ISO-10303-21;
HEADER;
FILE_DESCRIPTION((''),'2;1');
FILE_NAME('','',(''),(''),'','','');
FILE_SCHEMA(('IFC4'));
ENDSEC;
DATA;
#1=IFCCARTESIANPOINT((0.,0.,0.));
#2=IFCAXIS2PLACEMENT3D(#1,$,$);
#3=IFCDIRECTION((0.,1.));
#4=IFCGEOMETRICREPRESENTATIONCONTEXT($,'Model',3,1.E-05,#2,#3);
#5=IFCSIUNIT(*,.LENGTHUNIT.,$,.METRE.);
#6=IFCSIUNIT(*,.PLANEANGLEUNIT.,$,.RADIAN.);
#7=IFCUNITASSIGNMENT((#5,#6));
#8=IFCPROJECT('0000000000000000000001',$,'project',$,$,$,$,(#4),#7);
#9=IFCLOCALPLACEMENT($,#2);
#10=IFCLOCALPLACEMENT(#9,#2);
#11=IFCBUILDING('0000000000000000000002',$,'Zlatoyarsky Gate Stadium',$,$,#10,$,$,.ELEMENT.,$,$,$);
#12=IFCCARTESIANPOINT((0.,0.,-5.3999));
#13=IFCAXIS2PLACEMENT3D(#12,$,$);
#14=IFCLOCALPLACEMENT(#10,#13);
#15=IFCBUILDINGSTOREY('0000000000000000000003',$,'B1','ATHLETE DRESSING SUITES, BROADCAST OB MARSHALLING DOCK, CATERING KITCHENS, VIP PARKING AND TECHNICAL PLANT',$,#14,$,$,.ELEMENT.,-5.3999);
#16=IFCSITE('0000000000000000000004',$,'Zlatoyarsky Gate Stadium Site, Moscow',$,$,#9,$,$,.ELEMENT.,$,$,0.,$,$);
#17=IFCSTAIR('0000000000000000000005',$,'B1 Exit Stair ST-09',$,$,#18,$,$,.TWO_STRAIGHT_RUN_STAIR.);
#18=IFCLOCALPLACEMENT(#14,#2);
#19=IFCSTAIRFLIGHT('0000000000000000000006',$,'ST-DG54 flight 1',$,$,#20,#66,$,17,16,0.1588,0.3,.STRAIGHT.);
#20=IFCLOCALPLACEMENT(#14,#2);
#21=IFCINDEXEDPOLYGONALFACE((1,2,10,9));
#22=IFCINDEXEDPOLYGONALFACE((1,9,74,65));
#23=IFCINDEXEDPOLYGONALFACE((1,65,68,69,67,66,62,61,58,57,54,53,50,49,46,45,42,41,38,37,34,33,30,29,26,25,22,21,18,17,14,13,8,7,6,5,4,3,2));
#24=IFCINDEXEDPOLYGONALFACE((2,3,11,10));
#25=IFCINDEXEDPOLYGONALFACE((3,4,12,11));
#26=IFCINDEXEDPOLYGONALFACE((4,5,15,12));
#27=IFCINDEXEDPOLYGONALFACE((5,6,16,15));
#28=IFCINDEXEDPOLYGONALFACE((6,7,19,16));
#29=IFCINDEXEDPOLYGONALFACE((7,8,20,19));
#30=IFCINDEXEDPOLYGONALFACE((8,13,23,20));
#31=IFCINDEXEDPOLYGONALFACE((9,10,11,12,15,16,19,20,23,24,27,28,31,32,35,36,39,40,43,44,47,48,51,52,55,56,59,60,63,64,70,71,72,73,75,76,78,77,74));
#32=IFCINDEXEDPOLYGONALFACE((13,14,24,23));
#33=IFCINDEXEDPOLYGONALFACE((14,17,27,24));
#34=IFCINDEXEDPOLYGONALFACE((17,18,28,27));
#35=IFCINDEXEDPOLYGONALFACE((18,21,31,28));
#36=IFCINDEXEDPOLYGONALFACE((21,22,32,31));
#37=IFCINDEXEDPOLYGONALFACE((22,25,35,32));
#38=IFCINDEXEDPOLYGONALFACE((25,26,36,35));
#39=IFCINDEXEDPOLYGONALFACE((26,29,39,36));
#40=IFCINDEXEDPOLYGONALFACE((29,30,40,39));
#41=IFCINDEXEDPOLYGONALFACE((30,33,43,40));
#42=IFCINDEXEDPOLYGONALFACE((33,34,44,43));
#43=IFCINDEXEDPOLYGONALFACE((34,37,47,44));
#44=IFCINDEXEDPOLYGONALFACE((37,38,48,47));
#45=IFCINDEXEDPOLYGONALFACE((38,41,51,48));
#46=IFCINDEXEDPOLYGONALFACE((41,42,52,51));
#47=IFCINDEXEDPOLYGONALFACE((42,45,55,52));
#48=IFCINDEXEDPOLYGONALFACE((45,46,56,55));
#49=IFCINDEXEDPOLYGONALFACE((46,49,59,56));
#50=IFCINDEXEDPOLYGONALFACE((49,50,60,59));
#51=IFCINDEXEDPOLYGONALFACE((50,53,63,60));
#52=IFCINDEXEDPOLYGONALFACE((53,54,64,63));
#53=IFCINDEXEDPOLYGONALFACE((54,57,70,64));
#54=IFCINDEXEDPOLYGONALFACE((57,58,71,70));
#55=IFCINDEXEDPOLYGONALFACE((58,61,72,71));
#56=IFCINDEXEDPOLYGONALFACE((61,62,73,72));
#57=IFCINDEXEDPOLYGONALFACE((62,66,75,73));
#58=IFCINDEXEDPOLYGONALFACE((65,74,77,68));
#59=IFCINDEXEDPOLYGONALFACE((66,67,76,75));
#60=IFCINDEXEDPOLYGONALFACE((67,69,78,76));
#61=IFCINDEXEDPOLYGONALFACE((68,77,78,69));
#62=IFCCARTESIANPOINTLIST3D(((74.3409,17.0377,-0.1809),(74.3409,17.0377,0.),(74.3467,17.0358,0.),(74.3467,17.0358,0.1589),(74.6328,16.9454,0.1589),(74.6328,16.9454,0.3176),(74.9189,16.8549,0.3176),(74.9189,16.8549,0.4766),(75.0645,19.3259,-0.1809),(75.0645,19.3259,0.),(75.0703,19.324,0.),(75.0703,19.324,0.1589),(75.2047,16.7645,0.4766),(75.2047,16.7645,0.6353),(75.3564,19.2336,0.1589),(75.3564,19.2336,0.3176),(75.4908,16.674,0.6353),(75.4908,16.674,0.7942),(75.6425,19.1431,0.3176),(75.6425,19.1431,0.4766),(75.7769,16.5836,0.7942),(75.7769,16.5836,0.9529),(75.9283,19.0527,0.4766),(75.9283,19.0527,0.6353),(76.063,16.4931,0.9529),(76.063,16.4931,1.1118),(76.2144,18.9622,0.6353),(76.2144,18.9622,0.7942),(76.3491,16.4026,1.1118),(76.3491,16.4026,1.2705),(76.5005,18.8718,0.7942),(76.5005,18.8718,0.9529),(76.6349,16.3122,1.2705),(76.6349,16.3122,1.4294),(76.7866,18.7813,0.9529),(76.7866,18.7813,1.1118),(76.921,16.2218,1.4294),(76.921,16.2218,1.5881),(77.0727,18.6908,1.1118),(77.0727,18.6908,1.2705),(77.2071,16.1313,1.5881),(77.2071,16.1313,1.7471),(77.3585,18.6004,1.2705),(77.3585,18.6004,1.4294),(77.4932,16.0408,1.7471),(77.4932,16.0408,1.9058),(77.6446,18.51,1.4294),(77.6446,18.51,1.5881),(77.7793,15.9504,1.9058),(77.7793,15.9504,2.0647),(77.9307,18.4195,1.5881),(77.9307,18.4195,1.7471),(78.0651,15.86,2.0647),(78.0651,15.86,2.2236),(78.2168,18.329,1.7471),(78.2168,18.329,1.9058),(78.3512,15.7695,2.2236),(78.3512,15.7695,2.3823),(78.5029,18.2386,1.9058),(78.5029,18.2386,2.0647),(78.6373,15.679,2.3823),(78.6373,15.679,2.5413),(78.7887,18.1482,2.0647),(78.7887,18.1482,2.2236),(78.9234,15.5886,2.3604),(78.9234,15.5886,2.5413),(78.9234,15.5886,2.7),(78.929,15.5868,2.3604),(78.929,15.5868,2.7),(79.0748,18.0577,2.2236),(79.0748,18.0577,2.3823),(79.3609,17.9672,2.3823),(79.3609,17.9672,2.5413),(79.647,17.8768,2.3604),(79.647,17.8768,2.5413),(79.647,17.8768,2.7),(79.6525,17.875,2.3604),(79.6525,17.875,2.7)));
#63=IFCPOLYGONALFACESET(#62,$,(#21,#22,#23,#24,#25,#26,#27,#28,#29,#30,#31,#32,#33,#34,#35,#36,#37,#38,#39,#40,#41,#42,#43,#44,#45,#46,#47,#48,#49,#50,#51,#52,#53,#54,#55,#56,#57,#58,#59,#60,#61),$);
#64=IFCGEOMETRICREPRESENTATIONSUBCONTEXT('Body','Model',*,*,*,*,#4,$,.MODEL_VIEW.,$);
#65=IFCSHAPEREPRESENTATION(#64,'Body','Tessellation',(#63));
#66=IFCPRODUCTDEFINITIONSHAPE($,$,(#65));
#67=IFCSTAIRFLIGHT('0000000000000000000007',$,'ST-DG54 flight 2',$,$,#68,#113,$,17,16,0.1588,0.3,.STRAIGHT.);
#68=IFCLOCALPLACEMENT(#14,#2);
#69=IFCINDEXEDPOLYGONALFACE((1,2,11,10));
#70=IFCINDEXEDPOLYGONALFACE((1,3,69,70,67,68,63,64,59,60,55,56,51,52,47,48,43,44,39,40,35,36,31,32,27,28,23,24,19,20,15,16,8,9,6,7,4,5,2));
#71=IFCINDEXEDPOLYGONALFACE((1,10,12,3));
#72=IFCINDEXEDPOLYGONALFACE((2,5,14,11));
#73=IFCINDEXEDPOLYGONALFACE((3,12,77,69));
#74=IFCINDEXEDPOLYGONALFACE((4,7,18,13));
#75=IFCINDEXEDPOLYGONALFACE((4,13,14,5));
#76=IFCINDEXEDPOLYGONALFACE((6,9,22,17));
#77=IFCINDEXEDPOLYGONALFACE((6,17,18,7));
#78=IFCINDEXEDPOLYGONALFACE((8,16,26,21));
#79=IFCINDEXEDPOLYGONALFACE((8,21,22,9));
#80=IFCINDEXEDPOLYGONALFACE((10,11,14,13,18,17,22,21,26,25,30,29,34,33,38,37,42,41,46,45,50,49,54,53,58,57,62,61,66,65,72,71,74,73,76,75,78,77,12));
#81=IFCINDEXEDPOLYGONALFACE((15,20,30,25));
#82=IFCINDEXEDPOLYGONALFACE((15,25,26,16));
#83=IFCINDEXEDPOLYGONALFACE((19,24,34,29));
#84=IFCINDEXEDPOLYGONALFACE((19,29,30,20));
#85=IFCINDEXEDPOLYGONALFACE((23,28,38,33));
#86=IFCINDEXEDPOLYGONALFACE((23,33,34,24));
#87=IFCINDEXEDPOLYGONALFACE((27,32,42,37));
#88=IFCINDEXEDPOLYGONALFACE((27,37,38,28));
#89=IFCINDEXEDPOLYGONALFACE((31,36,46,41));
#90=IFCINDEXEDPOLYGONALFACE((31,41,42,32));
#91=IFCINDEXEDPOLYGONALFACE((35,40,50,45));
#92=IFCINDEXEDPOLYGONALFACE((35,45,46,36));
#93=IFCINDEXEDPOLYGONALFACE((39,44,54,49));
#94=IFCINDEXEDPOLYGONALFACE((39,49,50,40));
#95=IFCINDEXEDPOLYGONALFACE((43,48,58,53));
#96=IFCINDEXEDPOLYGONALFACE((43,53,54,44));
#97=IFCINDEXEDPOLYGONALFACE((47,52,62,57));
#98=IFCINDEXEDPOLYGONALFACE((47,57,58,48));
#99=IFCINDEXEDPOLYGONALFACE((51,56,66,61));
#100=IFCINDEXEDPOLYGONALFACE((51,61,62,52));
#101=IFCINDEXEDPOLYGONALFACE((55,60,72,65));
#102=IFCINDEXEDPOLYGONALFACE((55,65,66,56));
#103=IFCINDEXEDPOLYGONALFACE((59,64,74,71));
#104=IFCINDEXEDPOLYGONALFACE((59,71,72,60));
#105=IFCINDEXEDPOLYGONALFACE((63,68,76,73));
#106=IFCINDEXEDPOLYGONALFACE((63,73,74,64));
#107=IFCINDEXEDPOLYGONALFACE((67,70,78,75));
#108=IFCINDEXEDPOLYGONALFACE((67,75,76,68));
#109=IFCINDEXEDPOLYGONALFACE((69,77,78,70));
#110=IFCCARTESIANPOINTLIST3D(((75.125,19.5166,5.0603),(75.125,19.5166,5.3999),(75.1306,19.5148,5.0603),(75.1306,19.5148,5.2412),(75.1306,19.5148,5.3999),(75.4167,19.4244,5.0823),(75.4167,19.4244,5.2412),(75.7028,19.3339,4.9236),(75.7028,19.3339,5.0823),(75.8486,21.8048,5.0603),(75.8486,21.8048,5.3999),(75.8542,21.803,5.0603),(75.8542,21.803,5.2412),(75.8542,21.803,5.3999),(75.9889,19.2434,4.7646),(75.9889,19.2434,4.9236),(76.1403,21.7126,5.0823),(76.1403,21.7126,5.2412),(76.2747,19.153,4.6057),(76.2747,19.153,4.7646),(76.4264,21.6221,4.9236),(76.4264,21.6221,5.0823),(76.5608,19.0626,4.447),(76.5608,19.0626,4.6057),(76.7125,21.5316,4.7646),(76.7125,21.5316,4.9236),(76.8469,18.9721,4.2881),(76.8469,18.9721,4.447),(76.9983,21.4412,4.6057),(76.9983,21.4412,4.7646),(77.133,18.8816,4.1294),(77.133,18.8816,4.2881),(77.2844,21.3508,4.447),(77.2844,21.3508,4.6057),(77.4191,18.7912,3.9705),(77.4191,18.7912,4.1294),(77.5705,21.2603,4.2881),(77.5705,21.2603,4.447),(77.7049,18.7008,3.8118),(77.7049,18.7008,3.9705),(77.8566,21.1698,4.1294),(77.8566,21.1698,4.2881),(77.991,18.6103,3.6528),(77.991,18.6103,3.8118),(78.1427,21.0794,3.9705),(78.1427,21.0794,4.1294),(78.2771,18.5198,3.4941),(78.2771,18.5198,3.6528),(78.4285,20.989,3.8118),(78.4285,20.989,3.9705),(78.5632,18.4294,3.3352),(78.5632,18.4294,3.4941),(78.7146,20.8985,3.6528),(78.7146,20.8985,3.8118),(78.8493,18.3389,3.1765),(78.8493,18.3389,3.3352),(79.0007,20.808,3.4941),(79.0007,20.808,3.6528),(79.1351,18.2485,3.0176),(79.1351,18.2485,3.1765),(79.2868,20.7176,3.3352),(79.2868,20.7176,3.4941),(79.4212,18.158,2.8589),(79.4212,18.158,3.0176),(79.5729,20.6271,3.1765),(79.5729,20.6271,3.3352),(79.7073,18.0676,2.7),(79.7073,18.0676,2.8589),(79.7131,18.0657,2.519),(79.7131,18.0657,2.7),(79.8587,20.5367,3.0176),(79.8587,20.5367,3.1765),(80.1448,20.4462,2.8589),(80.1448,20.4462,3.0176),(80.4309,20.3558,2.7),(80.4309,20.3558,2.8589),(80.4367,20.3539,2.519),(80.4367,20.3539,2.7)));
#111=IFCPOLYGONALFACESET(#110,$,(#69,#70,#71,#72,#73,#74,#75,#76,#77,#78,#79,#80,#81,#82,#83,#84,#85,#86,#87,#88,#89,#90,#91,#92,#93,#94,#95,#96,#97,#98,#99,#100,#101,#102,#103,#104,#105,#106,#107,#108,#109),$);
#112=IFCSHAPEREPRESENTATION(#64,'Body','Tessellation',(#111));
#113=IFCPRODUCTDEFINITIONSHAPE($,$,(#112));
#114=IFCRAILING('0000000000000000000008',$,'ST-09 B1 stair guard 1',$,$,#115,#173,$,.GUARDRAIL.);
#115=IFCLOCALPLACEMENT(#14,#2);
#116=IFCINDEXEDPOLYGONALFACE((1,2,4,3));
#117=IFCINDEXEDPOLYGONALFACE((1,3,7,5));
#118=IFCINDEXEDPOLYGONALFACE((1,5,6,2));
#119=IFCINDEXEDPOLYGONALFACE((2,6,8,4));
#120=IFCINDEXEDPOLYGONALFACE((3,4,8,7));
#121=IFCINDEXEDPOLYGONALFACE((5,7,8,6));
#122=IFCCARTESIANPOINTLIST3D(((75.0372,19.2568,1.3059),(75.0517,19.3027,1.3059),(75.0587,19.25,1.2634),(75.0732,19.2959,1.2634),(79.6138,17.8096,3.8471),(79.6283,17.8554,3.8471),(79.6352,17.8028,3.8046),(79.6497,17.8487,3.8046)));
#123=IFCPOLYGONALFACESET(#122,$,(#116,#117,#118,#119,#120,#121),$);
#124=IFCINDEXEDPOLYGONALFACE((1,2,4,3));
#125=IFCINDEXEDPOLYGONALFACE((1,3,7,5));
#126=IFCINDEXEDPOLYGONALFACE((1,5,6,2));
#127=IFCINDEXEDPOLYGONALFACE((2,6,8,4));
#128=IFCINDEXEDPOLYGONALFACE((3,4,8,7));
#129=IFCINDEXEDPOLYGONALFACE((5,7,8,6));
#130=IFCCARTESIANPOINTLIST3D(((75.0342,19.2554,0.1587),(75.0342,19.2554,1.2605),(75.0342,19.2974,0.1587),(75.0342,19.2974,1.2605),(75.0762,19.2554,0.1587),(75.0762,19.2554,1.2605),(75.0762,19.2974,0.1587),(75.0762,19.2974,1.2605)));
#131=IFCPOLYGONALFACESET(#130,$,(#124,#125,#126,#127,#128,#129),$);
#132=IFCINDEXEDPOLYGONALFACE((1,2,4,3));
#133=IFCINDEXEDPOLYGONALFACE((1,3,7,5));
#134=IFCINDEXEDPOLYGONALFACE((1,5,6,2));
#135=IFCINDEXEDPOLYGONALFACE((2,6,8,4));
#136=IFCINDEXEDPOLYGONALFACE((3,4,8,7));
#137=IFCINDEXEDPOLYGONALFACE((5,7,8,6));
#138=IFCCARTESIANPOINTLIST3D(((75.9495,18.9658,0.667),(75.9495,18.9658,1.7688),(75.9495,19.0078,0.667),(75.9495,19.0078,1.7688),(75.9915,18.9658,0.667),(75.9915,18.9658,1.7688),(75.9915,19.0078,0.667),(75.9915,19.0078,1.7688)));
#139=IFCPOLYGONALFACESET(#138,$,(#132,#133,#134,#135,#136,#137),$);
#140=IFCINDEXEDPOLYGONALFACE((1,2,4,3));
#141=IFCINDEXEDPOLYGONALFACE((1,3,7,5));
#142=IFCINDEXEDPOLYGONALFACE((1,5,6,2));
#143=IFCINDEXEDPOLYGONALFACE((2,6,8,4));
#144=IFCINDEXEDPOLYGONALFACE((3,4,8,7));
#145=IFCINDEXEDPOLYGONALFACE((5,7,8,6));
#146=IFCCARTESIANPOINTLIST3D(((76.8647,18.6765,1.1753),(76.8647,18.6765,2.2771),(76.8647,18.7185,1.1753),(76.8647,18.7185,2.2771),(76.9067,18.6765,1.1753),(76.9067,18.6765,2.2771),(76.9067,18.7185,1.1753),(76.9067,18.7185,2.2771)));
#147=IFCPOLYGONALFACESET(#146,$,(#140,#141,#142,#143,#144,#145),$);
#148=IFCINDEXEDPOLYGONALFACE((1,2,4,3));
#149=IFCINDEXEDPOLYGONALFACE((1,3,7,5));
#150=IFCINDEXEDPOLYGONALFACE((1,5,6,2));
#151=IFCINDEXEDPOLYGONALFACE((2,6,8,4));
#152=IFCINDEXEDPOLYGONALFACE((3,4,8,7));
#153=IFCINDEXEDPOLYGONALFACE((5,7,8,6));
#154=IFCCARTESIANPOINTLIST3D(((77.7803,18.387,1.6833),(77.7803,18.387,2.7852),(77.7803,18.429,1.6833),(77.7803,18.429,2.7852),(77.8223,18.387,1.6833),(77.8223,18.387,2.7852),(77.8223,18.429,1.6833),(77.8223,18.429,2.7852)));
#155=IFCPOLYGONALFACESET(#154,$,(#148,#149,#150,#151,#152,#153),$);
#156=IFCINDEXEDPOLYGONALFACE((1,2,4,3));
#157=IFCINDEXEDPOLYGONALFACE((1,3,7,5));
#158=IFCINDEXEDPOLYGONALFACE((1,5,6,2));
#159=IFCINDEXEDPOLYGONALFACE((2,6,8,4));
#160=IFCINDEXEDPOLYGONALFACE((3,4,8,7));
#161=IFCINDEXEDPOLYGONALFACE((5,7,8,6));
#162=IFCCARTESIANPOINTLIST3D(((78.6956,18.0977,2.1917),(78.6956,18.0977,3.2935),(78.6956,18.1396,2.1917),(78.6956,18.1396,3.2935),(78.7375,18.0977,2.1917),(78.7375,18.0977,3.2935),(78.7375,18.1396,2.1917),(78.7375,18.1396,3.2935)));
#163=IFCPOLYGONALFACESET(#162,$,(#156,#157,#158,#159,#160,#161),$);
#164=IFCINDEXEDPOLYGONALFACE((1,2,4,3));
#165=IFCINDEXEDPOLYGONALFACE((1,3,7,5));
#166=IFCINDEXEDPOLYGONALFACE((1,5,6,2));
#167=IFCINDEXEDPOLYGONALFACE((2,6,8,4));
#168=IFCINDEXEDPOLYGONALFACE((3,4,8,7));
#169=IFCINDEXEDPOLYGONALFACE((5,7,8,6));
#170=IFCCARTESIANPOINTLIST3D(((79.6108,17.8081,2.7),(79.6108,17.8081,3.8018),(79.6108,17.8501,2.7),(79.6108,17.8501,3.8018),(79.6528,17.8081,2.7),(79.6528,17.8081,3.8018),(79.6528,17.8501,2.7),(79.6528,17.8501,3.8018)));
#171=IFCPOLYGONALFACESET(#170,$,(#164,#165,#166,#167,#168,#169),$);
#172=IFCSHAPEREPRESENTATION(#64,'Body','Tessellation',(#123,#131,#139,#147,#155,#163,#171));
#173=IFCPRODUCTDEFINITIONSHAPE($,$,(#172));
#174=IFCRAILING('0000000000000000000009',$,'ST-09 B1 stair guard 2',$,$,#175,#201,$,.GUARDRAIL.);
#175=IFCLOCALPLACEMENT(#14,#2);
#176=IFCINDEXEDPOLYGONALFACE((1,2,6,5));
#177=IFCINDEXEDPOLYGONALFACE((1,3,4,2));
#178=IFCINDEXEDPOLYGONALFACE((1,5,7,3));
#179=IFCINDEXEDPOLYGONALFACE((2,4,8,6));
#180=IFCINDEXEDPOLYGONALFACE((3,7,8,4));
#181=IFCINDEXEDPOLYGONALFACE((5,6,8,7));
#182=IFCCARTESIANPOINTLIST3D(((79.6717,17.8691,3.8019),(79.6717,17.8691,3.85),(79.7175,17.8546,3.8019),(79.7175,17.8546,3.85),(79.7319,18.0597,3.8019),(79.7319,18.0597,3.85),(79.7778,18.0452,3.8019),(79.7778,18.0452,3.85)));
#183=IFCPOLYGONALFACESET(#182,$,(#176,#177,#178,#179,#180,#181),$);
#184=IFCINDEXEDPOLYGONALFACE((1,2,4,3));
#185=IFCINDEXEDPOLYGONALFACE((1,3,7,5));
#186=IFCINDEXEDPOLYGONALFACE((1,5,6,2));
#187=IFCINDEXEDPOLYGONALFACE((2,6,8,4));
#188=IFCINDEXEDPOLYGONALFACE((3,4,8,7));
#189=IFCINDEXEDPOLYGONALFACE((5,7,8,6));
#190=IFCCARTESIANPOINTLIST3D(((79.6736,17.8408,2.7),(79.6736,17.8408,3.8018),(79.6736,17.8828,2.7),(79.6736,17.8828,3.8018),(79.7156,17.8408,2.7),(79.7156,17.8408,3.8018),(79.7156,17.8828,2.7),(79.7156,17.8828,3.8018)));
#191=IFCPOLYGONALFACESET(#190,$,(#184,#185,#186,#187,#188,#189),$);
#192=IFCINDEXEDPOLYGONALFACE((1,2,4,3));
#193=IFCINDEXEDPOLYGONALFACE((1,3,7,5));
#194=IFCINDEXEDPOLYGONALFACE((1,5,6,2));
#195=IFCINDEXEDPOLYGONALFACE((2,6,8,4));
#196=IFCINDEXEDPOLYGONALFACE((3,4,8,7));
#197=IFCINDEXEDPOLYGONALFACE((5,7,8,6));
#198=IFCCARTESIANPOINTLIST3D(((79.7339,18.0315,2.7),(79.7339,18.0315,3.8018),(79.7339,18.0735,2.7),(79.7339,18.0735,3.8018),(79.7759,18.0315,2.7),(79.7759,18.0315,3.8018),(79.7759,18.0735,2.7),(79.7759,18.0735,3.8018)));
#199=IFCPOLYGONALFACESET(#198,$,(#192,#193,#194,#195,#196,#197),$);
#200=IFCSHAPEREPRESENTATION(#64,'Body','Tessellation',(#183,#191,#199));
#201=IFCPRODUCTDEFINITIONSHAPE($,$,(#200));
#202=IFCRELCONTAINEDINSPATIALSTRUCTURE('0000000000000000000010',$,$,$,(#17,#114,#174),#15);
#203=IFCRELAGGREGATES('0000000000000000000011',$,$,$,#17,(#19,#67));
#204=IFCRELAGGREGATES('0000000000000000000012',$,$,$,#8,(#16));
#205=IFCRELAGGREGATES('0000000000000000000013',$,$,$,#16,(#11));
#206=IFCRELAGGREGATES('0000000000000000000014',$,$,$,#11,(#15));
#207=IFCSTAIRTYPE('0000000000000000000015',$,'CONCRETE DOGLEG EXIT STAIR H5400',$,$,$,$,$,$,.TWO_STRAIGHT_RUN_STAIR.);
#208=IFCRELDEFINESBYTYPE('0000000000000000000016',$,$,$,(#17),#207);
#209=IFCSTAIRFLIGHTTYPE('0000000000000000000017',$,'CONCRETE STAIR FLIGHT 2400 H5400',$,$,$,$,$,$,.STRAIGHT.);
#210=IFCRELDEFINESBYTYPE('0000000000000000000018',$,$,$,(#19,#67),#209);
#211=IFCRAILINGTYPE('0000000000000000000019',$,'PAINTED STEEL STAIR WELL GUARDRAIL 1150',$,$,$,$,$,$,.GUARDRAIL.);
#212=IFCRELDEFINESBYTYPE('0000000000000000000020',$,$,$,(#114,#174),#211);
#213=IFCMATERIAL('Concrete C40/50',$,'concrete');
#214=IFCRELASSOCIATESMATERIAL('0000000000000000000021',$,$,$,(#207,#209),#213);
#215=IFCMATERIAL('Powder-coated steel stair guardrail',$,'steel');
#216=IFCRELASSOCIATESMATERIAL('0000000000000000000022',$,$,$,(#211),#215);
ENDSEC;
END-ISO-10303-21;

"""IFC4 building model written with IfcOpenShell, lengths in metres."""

from ifc_helpers import new_model, si_unit, direction, frame, origin, origin_2d, place, context, subcontext, project, spatial, polyline, rectangle, outline, extrude, material, type_object, element, aggregate, save


model = new_model("IFC4")

# Units and contexts
model_context = context("Model", 3, precision=1e-05, world=origin(), true_north=direction((0.0, 1.0)))
body_context = subcontext(model_context, "Body", "Model", "MODEL_VIEW")
ifc_project = project(units=[si_unit("LENGTHUNIT", "METRE"), si_unit("PLANEANGLEUNIT", "RADIAN")], contexts=[model_context])

# Site, building, storey
site_placement = place(None, origin())
site = spatial("IfcSite", under=ifc_project, at=site_placement, Name="Zlatoyarsky Gate Stadium Site, Moscow", CompositionType="ELEMENT", RefElevation=0.0)
building_placement = place(site_placement, origin())
building = spatial("IfcBuilding", under=site, at=building_placement, Name="Zlatoyarsky Gate Stadium", CompositionType="ELEMENT")
storey_placement = place(building_placement, frame((0.0, 0.0, -5.3999)))
storey = spatial("IfcBuildingStorey", under=building, at=storey_placement, Name="B1", Description="ATHLETE DRESSING SUITES, BROADCAST OB MARSHALLING DOCK, CATERING KITCHENS, VIP PARKING AND TECHNICAL PLANT", CompositionType="ELEMENT", Elevation=-5.3999)

# Shared definitions
ifc_material_1 = material(Name="Concrete C40/50", Category="concrete")

# Stair, stair flights
stair_type = type_object("IfcStairType", Name="CONCRETE DOGLEG EXIT STAIR H5400", PredefinedType="TWO_STRAIGHT_RUN_STAIR", material=ifc_material_1)
stair_placement = place(storey_placement, origin())
stair = element("IfcStair", 1, at=stair_placement, inside=storey, type_object=stair_type, Name="B1 Exit Stair ST-09", PredefinedType="TWO_STRAIGHT_RUN_STAIR")
stair_flight_type = type_object("IfcStairFlightType", Name="CONCRETE STAIR FLIGHT 2400 H5400", PredefinedType="STRAIGHT", material=ifc_material_1)
stair_flight_1_placement = place(storey_placement, frame((74.7085, 18.1799, 0.0), z_axis=(0.0, 0.0, 1.0), x_axis=(0.953463, -0.30151, 0.0)))
stair_flight_1 = element("IfcStairFlight", 2, at=stair_flight_1_placement, type_object=stair_flight_type, Name="ST-DG54 flight 1", NumberOfRisers=17, NumberOfTreads=16, PredefinedType="STRAIGHT", RiserHeight=0.1588, TreadLength=0.3, context=body_context, shape_type="SweptSolid", body=[
    extrude(outline(polyline([(-0.0061, -0.1809), (-0.0061, 0.0), (0.0, 0.0), (0.0, 0.1589), (0.3, 0.1589), (0.3, 0.3176), (0.6001, 0.3176), (0.6001, 0.4766), (0.8999, 0.4766), (0.8999, 0.6353), (1.2, 0.6353), (1.2, 0.7942), (1.5, 0.7942), (1.5, 0.9529), (1.8, 0.9529), (1.8, 1.1118), (2.1001, 1.1118), (2.1001, 1.2705), (2.3999, 1.2705), (2.3999, 1.4294), (2.7, 1.4294), (2.7, 1.5881), (3.0, 1.5881), (3.0, 1.7471), (3.3, 1.7471), (3.3, 1.9058), (3.6001, 1.9058), (3.6001, 2.0647), (3.8999, 2.0647), (3.8999, 2.2236), (4.2, 2.2236), (4.2, 2.3823), (4.5, 2.3823), (4.5, 2.5413), (4.8, 2.5413), (4.8, 2.7), (4.8059, 2.7), (4.8059, 2.3604), (4.8, 2.3604), (-0.0061, -0.1809)])), frame((0.0, 1.2, 0.0), z_axis=(0.0, -1.0, 0.0), x_axis=(1.0, 0.0, 0.0)), (0.0, 0.0, 1.0), 2.3999),
])
stair_flight_2_placement = place(storey_placement, frame((80.0691, 19.2117, 2.7), z_axis=(0.0, 0.0, 1.0), x_axis=(-0.953463, 0.30151, 0.0)))
stair_flight_2 = element("IfcStairFlight", 3, at=stair_flight_2_placement, type_object=stair_flight_type, Name="ST-DG54 flight 2", NumberOfRisers=17, NumberOfTreads=16, PredefinedType="STRAIGHT", RiserHeight=0.1588, TreadLength=0.3, context=body_context, shape_type="SweptSolid", body=[
    extrude(outline(polyline([(-0.0061, -0.1809), (-0.0061, 0.0), (0.0, 0.0), (0.0, 0.1589), (0.3, 0.1589), (0.3, 0.3176), (0.6001, 0.3176), (0.6001, 0.4766), (0.8999, 0.4766), (0.8999, 0.6353), (1.2, 0.6353), (1.2, 0.7942), (1.5, 0.7942), (1.5, 0.9529), (1.8, 0.9529), (1.8, 1.1118), (2.1001, 1.1118), (2.1001, 1.2705), (2.3999, 1.2705), (2.3999, 1.4294), (2.7, 1.4294), (2.7, 1.5881), (3.0, 1.5881), (3.0, 1.7471), (3.3, 1.7471), (3.3, 1.9058), (3.6001, 1.9058), (3.6001, 2.0647), (3.8999, 2.0647), (3.8999, 2.2236), (4.2, 2.2236), (4.2, 2.3823), (4.5, 2.3823), (4.5, 2.5413), (4.8, 2.5413), (4.8, 2.7), (4.8059, 2.7), (4.8059, 2.3604), (4.8, 2.3604), (-0.0061, -0.1809)])), frame((0.0, 1.2, 0.0), z_axis=(0.0, -1.0, 0.0), x_axis=(1.0, 0.0, 0.0)), (0.0, 0.0, 1.0), 2.3999),
])
aggregate(stair, [stair_flight_1, stair_flight_2])

# Railings
ifc_material_2 = material(Name="Powder-coated steel stair guardrail", Category="steel")
railing_type_1 = type_object("IfcRailingType", Name="PAINTED STEEL STAIR WELL GUARDRAIL 1150", PredefinedType="GUARDRAIL", material=ifc_material_2)
railing_1_placement = place(storey_placement, frame((75.0552, 19.2764, 0.1587)))
element("IfcRailing", 4, at=railing_1_placement, inside=storey, type_object=railing_type_1, Name="ST-09 B1 stair guard 1", PredefinedType="GUARDRAIL", context=body_context, shape_type="SweptSolid", body=[
    extrude(rectangle(XDim=0.0481, YDim=0.0481, at=origin_2d()), frame((0.0, 0.0, 1.126), z_axis=(0.842654, -0.26647, 0.467897), x_axis=(0.301511, 0.953463, 0.0)), (0.0, 0.0, 1.0), 5.4312),
    extrude(rectangle(XDim=0.042, YDim=0.042, at=origin_2d()), origin(), (0.0, 0.0, 1.0), 1.1018),
    extrude(rectangle(XDim=0.042, YDim=0.042, at=origin_2d()), frame((0.9153, -0.2896, 0.5083)), (0.0, 0.0, 1.0), 1.1018),
    extrude(rectangle(XDim=0.042, YDim=0.042, at=origin_2d()), frame((1.8306, -0.5789, 1.0166)), (0.0, 0.0, 1.0), 1.1018),
    extrude(rectangle(XDim=0.042, YDim=0.042, at=origin_2d()), frame((2.7461, -0.8684, 1.5247)), (0.0, 0.0, 1.0), 1.1018),
    extrude(rectangle(XDim=0.042, YDim=0.042, at=origin_2d()), frame((3.6614, -1.1577, 2.033)), (0.0, 0.0, 1.0), 1.1018),
    extrude(rectangle(XDim=0.042, YDim=0.042, at=origin_2d()), frame((4.5767, -1.4473, 2.5413)), (0.0, 0.0, 1.0), 1.1018),
])
railing_2_placement = place(storey_placement, frame((79.6946, 17.8618, 2.7)))
element("IfcRailing", 5, at=railing_2_placement, inside=storey, type_object=railing_type_1, Name="ST-09 B1 stair guard 2", PredefinedType="GUARDRAIL", context=body_context, shape_type="SweptSolid", body=[
    extrude(rectangle(XDim=0.0481, YDim=0.0481, at=origin_2d()), frame((0.0, 0.0, 1.126), z_axis=(0.30154, 0.953453, 0.0), x_axis=(-0.953453, 0.30154, 0.0)), (0.0, 0.0, 1.0), 0.2),
    extrude(rectangle(XDim=0.042, YDim=0.042, at=origin_2d()), origin(), (0.0, 0.0, 1.0), 1.1018),
    extrude(rectangle(XDim=0.042, YDim=0.042, at=origin_2d()), frame((0.0603, 0.1907, 0.0)), (0.0, 0.0, 1.0), 1.1018),
])

save(model, "model.ifc")
